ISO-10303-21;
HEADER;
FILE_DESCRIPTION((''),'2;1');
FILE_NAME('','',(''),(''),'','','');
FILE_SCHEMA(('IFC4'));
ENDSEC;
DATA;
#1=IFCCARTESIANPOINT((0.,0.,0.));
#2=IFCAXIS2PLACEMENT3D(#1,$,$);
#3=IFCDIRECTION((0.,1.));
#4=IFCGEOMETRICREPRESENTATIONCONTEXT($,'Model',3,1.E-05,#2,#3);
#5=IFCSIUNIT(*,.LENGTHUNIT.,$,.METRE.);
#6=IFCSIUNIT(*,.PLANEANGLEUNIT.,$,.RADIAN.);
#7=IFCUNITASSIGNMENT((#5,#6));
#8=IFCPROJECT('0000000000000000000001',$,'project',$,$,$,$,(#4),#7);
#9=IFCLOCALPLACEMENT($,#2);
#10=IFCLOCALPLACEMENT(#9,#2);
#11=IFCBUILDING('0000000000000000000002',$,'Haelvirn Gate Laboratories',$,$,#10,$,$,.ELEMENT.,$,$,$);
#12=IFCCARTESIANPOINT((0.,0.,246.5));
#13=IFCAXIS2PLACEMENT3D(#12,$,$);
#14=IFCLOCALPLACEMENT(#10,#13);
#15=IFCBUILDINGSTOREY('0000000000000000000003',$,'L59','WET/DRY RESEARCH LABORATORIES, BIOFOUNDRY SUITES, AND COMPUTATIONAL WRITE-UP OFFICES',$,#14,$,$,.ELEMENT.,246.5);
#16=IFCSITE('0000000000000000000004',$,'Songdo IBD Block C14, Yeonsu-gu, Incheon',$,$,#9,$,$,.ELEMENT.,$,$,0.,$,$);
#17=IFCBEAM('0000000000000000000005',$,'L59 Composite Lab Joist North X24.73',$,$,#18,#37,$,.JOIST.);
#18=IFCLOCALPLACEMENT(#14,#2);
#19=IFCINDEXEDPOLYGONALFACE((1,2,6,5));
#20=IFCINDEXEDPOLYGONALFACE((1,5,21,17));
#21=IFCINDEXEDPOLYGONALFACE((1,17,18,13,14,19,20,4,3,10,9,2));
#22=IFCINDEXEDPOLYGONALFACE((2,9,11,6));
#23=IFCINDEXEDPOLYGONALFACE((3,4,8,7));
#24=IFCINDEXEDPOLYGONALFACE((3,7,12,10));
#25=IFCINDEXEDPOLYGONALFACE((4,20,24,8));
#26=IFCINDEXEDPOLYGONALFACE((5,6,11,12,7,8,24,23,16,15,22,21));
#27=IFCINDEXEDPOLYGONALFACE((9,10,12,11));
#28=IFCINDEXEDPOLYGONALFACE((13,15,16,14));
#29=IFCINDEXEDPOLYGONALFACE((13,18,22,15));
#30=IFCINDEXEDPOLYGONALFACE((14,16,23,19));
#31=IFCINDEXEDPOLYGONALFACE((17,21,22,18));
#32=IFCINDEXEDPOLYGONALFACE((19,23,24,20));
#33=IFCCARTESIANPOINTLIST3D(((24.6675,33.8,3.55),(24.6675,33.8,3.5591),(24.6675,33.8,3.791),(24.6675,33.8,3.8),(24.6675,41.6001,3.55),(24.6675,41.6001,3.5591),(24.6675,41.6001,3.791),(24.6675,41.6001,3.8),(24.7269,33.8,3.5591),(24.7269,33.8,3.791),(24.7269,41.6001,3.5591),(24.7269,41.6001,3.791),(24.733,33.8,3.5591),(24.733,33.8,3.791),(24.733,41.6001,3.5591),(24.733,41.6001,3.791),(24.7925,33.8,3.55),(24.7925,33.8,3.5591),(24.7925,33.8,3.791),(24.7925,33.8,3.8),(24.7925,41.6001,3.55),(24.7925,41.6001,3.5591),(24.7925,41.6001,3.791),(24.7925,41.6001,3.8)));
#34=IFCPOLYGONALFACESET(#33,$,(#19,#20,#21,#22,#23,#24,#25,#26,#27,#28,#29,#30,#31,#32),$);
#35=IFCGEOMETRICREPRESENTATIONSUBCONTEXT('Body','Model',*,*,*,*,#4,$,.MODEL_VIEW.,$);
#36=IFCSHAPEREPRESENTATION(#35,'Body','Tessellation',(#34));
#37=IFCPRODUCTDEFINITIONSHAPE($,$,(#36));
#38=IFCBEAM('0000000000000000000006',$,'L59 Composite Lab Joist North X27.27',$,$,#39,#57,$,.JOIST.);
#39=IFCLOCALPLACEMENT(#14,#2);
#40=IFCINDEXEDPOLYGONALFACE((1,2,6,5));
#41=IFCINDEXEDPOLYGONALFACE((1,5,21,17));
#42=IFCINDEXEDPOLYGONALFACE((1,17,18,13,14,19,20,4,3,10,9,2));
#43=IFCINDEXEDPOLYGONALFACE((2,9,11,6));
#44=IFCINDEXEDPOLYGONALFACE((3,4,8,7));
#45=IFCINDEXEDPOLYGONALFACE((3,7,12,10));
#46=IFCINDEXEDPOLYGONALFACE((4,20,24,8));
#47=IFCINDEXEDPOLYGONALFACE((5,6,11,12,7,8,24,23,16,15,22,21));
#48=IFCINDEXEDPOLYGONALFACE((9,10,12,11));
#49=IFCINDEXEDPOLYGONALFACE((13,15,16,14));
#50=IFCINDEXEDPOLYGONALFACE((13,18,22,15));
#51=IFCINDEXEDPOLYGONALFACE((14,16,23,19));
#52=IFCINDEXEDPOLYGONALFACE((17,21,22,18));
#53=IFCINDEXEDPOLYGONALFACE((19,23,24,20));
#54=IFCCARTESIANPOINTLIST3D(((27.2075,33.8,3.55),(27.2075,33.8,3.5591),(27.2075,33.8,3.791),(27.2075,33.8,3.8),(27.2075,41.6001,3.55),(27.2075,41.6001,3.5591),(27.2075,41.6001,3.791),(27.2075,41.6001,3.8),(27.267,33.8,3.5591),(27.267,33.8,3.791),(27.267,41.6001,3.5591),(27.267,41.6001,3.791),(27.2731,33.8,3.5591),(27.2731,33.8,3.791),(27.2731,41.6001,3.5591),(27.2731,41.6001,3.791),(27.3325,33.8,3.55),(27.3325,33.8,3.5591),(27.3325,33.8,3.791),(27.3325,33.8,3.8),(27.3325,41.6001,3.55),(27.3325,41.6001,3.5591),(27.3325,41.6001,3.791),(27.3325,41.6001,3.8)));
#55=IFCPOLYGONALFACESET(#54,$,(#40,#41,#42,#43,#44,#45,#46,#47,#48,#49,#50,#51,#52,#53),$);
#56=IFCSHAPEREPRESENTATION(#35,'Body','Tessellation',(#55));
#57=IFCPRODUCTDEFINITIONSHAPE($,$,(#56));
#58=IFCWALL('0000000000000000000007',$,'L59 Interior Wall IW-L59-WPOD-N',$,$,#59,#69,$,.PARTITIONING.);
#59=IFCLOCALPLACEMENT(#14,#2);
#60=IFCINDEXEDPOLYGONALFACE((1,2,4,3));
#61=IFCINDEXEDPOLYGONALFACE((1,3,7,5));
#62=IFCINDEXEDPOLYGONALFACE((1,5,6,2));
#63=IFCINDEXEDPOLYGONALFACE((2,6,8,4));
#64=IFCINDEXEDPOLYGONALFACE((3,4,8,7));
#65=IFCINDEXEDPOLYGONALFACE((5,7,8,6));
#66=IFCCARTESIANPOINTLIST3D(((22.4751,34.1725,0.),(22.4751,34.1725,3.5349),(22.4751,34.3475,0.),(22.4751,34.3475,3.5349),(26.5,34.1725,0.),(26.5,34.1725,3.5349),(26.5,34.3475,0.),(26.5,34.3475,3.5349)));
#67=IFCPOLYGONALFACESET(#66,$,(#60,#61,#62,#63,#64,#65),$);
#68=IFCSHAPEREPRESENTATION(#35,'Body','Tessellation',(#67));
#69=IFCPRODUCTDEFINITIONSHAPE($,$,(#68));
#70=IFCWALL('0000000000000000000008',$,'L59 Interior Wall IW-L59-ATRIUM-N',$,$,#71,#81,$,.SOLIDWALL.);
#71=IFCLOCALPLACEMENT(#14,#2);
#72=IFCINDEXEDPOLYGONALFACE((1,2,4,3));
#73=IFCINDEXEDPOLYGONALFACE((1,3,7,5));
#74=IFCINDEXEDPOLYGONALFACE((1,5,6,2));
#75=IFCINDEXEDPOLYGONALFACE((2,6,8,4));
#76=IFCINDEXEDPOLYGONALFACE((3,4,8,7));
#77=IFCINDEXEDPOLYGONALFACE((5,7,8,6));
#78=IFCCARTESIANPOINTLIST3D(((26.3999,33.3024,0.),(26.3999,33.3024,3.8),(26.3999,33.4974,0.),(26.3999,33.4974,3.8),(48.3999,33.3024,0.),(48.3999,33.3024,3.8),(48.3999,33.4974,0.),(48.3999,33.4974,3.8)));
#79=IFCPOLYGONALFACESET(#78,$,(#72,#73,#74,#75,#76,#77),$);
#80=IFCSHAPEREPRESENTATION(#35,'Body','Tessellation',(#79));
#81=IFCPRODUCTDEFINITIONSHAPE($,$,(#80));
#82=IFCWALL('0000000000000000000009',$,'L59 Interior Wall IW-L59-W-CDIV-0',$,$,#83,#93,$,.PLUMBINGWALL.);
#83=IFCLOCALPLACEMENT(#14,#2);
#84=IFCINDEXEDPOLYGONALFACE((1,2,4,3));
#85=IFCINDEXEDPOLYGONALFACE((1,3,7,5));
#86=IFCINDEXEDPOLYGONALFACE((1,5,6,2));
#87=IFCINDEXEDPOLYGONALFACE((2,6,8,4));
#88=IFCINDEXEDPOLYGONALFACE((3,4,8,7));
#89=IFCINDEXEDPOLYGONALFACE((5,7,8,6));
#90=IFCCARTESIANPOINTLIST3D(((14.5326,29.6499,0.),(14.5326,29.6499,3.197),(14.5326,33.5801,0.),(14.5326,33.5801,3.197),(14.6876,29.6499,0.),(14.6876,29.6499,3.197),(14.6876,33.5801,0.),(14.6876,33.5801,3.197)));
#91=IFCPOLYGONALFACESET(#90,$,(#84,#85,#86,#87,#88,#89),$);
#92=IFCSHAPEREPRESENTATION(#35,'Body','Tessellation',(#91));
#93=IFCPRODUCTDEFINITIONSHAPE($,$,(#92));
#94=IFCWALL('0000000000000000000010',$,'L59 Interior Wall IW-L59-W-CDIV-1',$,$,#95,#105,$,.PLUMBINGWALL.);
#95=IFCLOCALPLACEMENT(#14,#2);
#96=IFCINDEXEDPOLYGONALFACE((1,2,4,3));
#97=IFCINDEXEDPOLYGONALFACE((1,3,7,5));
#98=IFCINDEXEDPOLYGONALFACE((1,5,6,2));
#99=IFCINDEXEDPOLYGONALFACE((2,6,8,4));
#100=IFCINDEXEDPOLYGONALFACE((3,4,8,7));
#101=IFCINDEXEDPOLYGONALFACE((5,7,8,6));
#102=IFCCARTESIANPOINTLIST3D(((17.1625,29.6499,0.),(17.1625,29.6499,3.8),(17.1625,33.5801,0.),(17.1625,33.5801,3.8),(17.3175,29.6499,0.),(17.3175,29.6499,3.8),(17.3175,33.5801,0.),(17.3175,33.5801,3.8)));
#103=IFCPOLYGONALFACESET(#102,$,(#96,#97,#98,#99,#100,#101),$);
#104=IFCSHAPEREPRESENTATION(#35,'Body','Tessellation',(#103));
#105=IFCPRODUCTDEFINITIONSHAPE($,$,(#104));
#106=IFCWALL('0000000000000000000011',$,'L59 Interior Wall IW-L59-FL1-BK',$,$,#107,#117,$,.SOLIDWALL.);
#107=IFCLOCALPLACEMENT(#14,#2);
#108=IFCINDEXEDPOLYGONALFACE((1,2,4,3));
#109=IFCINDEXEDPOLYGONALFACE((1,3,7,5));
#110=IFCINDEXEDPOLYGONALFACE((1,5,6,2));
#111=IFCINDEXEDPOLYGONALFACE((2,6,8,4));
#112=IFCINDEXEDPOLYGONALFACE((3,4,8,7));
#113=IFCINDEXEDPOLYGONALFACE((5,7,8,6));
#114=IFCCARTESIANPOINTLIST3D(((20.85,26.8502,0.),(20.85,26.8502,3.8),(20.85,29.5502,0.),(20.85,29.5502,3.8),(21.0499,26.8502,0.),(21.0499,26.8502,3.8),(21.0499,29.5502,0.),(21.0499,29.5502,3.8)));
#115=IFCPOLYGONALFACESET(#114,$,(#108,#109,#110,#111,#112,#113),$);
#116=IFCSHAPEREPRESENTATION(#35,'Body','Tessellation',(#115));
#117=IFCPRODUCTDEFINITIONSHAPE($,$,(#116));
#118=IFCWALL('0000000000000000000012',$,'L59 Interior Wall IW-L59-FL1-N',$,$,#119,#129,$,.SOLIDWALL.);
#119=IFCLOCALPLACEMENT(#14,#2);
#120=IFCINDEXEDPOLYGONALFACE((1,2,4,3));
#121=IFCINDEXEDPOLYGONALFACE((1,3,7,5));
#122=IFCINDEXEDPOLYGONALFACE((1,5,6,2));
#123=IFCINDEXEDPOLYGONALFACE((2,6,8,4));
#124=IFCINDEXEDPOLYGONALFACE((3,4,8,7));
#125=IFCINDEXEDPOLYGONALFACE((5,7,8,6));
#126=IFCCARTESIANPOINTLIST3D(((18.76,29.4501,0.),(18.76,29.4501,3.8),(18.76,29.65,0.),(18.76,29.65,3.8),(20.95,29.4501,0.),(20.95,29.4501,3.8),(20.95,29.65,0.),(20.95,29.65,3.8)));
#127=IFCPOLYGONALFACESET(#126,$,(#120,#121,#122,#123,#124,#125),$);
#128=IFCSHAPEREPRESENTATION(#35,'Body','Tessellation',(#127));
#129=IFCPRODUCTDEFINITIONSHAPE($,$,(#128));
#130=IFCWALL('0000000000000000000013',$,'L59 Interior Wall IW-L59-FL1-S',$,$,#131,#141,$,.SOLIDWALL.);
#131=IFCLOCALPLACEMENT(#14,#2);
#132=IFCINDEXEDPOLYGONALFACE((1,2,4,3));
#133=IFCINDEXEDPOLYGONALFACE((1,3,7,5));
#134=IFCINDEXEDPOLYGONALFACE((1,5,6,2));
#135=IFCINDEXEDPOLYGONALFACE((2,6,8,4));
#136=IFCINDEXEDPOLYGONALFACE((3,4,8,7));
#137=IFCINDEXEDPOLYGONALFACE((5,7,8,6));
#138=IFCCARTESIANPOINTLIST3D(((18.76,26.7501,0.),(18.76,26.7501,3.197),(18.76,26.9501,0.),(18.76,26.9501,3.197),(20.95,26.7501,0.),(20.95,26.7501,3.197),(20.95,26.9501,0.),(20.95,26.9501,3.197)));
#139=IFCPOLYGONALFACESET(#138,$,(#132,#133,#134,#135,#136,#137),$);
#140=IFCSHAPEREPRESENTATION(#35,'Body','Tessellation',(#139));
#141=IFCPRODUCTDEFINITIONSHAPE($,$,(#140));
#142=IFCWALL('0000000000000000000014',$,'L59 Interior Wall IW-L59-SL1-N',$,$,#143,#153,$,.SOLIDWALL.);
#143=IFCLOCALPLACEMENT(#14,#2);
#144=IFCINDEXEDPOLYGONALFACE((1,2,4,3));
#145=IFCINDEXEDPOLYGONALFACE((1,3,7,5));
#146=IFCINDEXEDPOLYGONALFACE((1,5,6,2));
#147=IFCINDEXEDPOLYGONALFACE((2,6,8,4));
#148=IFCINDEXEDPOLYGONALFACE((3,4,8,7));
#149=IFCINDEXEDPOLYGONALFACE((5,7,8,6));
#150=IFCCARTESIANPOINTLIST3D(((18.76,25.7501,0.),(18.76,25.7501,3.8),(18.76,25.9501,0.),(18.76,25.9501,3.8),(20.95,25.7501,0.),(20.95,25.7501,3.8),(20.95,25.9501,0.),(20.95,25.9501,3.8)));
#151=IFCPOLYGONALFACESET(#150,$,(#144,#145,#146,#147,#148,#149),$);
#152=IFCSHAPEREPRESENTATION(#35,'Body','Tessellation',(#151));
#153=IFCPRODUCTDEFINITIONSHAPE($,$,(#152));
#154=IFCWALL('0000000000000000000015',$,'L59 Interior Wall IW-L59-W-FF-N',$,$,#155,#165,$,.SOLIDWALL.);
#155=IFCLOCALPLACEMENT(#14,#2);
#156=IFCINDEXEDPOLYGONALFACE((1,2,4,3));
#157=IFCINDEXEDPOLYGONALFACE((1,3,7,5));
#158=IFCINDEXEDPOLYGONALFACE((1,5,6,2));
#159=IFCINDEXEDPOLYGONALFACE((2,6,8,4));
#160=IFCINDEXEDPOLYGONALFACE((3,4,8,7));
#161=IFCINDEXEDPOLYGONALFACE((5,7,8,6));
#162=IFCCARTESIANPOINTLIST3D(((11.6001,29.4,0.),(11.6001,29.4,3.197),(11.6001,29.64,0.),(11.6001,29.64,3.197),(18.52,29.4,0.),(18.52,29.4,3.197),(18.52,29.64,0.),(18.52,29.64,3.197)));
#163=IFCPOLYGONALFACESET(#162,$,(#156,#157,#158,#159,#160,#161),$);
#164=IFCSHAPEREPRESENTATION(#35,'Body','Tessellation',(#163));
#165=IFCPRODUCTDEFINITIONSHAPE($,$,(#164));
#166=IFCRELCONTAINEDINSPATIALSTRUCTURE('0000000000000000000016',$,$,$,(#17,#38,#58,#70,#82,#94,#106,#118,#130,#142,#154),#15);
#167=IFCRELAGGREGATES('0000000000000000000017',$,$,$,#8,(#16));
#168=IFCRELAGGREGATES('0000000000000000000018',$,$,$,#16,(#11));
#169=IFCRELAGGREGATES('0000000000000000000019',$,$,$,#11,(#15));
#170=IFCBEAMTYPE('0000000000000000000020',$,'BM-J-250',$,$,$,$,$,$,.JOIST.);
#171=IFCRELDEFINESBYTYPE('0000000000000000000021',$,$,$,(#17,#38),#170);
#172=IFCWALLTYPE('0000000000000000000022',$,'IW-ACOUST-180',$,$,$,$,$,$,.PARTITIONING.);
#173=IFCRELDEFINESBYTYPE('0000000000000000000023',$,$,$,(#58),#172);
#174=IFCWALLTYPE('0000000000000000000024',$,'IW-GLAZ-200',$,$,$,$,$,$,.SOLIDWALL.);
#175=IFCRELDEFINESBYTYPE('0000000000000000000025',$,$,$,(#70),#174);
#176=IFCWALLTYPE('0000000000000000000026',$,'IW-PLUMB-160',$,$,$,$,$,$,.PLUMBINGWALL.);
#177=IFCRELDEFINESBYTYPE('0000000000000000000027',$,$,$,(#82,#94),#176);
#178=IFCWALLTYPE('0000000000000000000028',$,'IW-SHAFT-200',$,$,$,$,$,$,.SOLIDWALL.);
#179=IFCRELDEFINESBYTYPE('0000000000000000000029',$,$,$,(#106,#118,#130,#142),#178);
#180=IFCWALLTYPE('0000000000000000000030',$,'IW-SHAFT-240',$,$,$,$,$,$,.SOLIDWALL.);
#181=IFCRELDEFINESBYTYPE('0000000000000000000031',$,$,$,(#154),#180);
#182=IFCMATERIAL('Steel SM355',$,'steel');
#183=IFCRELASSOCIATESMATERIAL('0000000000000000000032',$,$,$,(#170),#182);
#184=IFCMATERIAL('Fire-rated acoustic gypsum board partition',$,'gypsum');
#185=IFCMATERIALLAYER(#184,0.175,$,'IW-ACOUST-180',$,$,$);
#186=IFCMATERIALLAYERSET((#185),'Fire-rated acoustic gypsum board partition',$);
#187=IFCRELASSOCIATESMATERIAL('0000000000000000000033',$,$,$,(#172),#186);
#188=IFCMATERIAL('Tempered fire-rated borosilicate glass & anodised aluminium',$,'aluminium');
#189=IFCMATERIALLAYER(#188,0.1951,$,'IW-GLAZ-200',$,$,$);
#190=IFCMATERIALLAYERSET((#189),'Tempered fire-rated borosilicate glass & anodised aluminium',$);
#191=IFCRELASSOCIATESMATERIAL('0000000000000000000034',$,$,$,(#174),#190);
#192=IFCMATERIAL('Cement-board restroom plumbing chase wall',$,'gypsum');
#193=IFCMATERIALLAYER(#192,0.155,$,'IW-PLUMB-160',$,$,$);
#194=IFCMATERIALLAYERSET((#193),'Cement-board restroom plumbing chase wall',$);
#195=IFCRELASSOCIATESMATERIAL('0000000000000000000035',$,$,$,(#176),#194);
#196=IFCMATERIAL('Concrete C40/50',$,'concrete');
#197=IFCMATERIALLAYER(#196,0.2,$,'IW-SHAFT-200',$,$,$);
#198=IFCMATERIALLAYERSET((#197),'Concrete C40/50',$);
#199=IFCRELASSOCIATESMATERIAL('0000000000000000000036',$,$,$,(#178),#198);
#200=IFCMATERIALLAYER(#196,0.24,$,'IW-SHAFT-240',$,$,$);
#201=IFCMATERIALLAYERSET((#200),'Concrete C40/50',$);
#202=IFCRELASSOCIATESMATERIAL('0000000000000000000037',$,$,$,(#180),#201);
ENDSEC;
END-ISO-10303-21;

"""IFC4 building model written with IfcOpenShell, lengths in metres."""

from ifc_helpers import new_model, si_unit, direction, frame, frame_2d, origin, origin_2d, place, context, subcontext, project, spatial, rectangle, i_section, extrude, source, transform, mapped, material, layer, layer_set, material_profile, profile_set, type_object, type_shapes, element, save


model = new_model("IFC4")

# Units and contexts
model_context = context("Model", 3, precision=1e-05, world=origin(), true_north=direction((0.0, 1.0)))
body_context = subcontext(model_context, "Body", "Model", "MODEL_VIEW")
ifc_project = project(units=[si_unit("LENGTHUNIT", "METRE"), si_unit("PLANEANGLEUNIT", "RADIAN")], contexts=[model_context])

# Site, building, storey
site_placement = place(None, origin())
site = spatial("IfcSite", under=ifc_project, at=site_placement, Name="Songdo IBD Block C14, Yeonsu-gu, Incheon", CompositionType="ELEMENT", RefElevation=0.0)
building_placement = place(site_placement, origin())
building = spatial("IfcBuilding", under=site, at=building_placement, Name="Haelvirn Gate Laboratories", CompositionType="ELEMENT")
storey_placement = place(building_placement, frame((0.0, 0.0, 246.5)))
storey = spatial("IfcBuildingStorey", under=building, at=storey_placement, Name="L59", Description="WET/DRY RESEARCH LABORATORIES, BIOFOUNDRY SUITES, AND COMPUTATIONAL WRITE-UP OFFICES", CompositionType="ELEMENT", Elevation=246.5)

# Shared definitions
ifc_material_1 = material(Name="Steel SM355", Category="steel")

# Beams
ifc_material_profile_1 = material_profile(ifc_material_1, i_section(OverallWidth=0.125, OverallDepth=0.25, WebThickness=0.0061, FlangeThickness=0.009, at=origin_2d()), Name="H-250x125x6x9")
ifc_profile_set_1 = profile_set([ifc_material_profile_1], Name="Steel SM355")
beam_type_1 = type_object("IfcBeamType", Name="BM-J-250", PredefinedType="JOIST", material=ifc_profile_set_1)
shared_shape_1 = source(origin(), body_context, "Body", "SweptSolid", [
    extrude(i_section(OverallWidth=0.125, OverallDepth=0.25, WebThickness=0.0061, FlangeThickness=0.009, at=origin_2d()), origin(), (0.0, 0.0, 1.0), 7.8),
])
type_shapes(beam_type_1, [shared_shape_1])
for number, where, z_axis, x_axis, name in (
    (1, (24.73, 33.8, 3.675), (0.0, 1.0, 0.0), (-1.0, 0.0, 0.0), "L59 Composite Lab Joist North X24.73"),
    (2, (27.27, 33.8, 3.675), (0.0, 1.0, 0.0), (-1.0, 0.0, 0.0), "L59 Composite Lab Joist North X27.27"),
):
    element("IfcBeam", number, at=place(storey_placement, frame(where, z_axis=z_axis, x_axis=x_axis)), inside=storey, type_object=beam_type_1, Name=name, PredefinedType="JOIST", context=body_context, shape_type="MappedRepresentation", body=[
        mapped(shared_shape_1, transform((0.0, 0.0, 0.0), scale=1.0)),
    ])

# Wall
ifc_material_2 = material(Name="Fire-rated acoustic gypsum board partition", Category="gypsum")
ifc_layer_1 = layer(ifc_material_2, 0.175, Name="IW-ACOUST-180")
ifc_layer_set_1 = layer_set([ifc_layer_1], Name="Fire-rated acoustic gypsum board partition")
wall_type_1 = type_object("IfcWallType", Name="IW-ACOUST-180", PredefinedType="PARTITIONING", material=ifc_layer_set_1)
wall_1_placement = place(storey_placement, frame((22.4751, 34.26, 0.0), z_axis=(0.0, 0.0, 1.0), x_axis=(1.0, 0.0, 0.0)))
element("IfcWall", 3, at=wall_1_placement, inside=storey, type_object=wall_type_1, Name="L59 Interior Wall IW-L59-WPOD-N", PredefinedType="PARTITIONING", context=body_context, shape_type="SweptSolid", body=[
    extrude(rectangle(XDim=4.0249, YDim=0.175, at=frame_2d((2.0125, 0.0))), origin(), (0.0, 0.0, 1.0), 3.5349),
])

# Walls
ifc_material_3 = material(Name="Tempered fire-rated borosilicate glass & anodised aluminium", Category="aluminium")
ifc_layer_2 = layer(ifc_material_3, 0.1951, Name="IW-GLAZ-200")
ifc_layer_set_2 = layer_set([ifc_layer_2], Name="Tempered fire-rated borosilicate glass & anodised aluminium")
wall_type_2 = type_object("IfcWallType", Name="IW-GLAZ-200", PredefinedType="SOLIDWALL", material=ifc_layer_set_2)
wall_2_placement = place(storey_placement, frame((26.3999, 33.3999, 0.0), z_axis=(0.0, 0.0, 1.0), x_axis=(1.0, 0.0, 0.0)))
element("IfcWall", 4, at=wall_2_placement, inside=storey, type_object=wall_type_2, Name="L59 Interior Wall IW-L59-ATRIUM-N", PredefinedType="SOLIDWALL", context=body_context, shape_type="SweptSolid", body=[
    extrude(rectangle(XDim=22.0, YDim=0.1951, at=frame_2d((11.0, 0.0))), origin(), (0.0, 0.0, 1.0), 3.8),
])
ifc_material_4 = material(Name="Cement-board restroom plumbing chase wall", Category="gypsum")
ifc_layer_3 = layer(ifc_material_4, 0.155, Name="IW-PLUMB-160")
ifc_layer_set_3 = layer_set([ifc_layer_3], Name="Cement-board restroom plumbing chase wall")
wall_type_3 = type_object("IfcWallType", Name="IW-PLUMB-160", PredefinedType="PLUMBINGWALL", material=ifc_layer_set_3)
wall_3_placement = place(storey_placement, frame((14.6101, 29.6499, 0.0), z_axis=(0.0, 0.0, 1.0), x_axis=(0.0, 1.0, 0.0)))
element("IfcWall", 5, at=wall_3_placement, inside=storey, type_object=wall_type_3, Name="L59 Interior Wall IW-L59-W-CDIV-0", PredefinedType="PLUMBINGWALL", context=body_context, shape_type="SweptSolid", body=[
    extrude(rectangle(XDim=3.9302, YDim=0.155, at=frame_2d((1.9651, 0.0))), origin(), (0.0, 0.0, 1.0), 3.197),
])
wall_4_placement = place(storey_placement, frame((17.24, 29.6499, 0.0), z_axis=(0.0, 0.0, 1.0), x_axis=(0.0, 1.0, 0.0)))
element("IfcWall", 6, at=wall_4_placement, inside=storey, type_object=wall_type_3, Name="L59 Interior Wall IW-L59-W-CDIV-1", PredefinedType="PLUMBINGWALL", context=body_context, shape_type="SweptSolid", body=[
    extrude(rectangle(XDim=3.9302, YDim=0.155, at=frame_2d((1.9651, 0.0))), origin(), (0.0, 0.0, 1.0), 3.8),
])
ifc_material_5 = material(Name="Concrete C40/50", Category="concrete")
ifc_layer_4 = layer(ifc_material_5, 0.2, Name="IW-SHAFT-200")
ifc_layer_set_4 = layer_set([ifc_layer_4], Name="Concrete C40/50")
wall_type_4 = type_object("IfcWallType", Name="IW-SHAFT-200", PredefinedType="SOLIDWALL", material=ifc_layer_set_4)
wall_5_placement = place(storey_placement, frame((20.95, 26.8501, 0.0), z_axis=(0.0, 0.0, 1.0), x_axis=(0.0, 1.0, 0.0)))
element("IfcWall", 7, at=wall_5_placement, inside=storey, type_object=wall_type_4, Name="L59 Interior Wall IW-L59-FL1-BK", PredefinedType="SOLIDWALL", context=body_context, shape_type="SweptSolid", body=[
    extrude(rectangle(XDim=2.7, YDim=0.2, at=frame_2d((1.3501, 0.0))), origin(), (0.0, 0.0, 1.0), 3.8),
])
wall_6_placement = place(storey_placement, frame((18.76, 29.55, 0.0), z_axis=(0.0, 0.0, 1.0), x_axis=(1.0, 0.0, 0.0)))
element("IfcWall", 8, at=wall_6_placement, inside=storey, type_object=wall_type_4, Name="L59 Interior Wall IW-L59-FL1-N", PredefinedType="SOLIDWALL", context=body_context, shape_type="SweptSolid", body=[
    extrude(rectangle(XDim=2.1899, YDim=0.2, at=frame_2d((1.095, 0.0))), origin(), (0.0, 0.0, 1.0), 3.8),
])
wall_7_placement = place(storey_placement, frame((18.76, 26.8501, 0.0), z_axis=(0.0, 0.0, 1.0), x_axis=(1.0, 0.0, 0.0)))
element("IfcWall", 9, at=wall_7_placement, inside=storey, type_object=wall_type_4, Name="L59 Interior Wall IW-L59-FL1-S", PredefinedType="SOLIDWALL", context=body_context, shape_type="SweptSolid", body=[
    extrude(rectangle(XDim=2.1899, YDim=0.2, at=frame_2d((1.095, 0.0))), origin(), (0.0, 0.0, 1.0), 3.197),
])
wall_8_placement = place(storey_placement, frame((18.76, 25.8501, 0.0), z_axis=(0.0, 0.0, 1.0), x_axis=(1.0, 0.0, 0.0)))
element("IfcWall", 10, at=wall_8_placement, inside=storey, type_object=wall_type_4, Name="L59 Interior Wall IW-L59-SL1-N", PredefinedType="SOLIDWALL", context=body_context, shape_type="SweptSolid", body=[
    extrude(rectangle(XDim=2.1899, YDim=0.2, at=frame_2d((1.095, 0.0))), origin(), (0.0, 0.0, 1.0), 3.8),
])
ifc_layer_5 = layer(ifc_material_5, 0.24, Name="IW-SHAFT-240")
ifc_layer_set_5 = layer_set([ifc_layer_5], Name="Concrete C40/50")
wall_type_5 = type_object("IfcWallType", Name="IW-SHAFT-240", PredefinedType="SOLIDWALL", material=ifc_layer_set_5)
wall_9_placement = place(storey_placement, frame((11.6001, 29.52, 0.0), z_axis=(0.0, 0.0, 1.0), x_axis=(1.0, 0.0, 0.0)))
element("IfcWall", 11, at=wall_9_placement, inside=storey, type_object=wall_type_5, Name="L59 Interior Wall IW-L59-W-FF-N", PredefinedType="SOLIDWALL", context=body_context, shape_type="SweptSolid", body=[
    extrude(rectangle(XDim=6.9199, YDim=0.24, at=frame_2d((3.46, 0.0))), origin(), (0.0, 0.0, 1.0), 3.197),
])

save(model, "model.ifc")
